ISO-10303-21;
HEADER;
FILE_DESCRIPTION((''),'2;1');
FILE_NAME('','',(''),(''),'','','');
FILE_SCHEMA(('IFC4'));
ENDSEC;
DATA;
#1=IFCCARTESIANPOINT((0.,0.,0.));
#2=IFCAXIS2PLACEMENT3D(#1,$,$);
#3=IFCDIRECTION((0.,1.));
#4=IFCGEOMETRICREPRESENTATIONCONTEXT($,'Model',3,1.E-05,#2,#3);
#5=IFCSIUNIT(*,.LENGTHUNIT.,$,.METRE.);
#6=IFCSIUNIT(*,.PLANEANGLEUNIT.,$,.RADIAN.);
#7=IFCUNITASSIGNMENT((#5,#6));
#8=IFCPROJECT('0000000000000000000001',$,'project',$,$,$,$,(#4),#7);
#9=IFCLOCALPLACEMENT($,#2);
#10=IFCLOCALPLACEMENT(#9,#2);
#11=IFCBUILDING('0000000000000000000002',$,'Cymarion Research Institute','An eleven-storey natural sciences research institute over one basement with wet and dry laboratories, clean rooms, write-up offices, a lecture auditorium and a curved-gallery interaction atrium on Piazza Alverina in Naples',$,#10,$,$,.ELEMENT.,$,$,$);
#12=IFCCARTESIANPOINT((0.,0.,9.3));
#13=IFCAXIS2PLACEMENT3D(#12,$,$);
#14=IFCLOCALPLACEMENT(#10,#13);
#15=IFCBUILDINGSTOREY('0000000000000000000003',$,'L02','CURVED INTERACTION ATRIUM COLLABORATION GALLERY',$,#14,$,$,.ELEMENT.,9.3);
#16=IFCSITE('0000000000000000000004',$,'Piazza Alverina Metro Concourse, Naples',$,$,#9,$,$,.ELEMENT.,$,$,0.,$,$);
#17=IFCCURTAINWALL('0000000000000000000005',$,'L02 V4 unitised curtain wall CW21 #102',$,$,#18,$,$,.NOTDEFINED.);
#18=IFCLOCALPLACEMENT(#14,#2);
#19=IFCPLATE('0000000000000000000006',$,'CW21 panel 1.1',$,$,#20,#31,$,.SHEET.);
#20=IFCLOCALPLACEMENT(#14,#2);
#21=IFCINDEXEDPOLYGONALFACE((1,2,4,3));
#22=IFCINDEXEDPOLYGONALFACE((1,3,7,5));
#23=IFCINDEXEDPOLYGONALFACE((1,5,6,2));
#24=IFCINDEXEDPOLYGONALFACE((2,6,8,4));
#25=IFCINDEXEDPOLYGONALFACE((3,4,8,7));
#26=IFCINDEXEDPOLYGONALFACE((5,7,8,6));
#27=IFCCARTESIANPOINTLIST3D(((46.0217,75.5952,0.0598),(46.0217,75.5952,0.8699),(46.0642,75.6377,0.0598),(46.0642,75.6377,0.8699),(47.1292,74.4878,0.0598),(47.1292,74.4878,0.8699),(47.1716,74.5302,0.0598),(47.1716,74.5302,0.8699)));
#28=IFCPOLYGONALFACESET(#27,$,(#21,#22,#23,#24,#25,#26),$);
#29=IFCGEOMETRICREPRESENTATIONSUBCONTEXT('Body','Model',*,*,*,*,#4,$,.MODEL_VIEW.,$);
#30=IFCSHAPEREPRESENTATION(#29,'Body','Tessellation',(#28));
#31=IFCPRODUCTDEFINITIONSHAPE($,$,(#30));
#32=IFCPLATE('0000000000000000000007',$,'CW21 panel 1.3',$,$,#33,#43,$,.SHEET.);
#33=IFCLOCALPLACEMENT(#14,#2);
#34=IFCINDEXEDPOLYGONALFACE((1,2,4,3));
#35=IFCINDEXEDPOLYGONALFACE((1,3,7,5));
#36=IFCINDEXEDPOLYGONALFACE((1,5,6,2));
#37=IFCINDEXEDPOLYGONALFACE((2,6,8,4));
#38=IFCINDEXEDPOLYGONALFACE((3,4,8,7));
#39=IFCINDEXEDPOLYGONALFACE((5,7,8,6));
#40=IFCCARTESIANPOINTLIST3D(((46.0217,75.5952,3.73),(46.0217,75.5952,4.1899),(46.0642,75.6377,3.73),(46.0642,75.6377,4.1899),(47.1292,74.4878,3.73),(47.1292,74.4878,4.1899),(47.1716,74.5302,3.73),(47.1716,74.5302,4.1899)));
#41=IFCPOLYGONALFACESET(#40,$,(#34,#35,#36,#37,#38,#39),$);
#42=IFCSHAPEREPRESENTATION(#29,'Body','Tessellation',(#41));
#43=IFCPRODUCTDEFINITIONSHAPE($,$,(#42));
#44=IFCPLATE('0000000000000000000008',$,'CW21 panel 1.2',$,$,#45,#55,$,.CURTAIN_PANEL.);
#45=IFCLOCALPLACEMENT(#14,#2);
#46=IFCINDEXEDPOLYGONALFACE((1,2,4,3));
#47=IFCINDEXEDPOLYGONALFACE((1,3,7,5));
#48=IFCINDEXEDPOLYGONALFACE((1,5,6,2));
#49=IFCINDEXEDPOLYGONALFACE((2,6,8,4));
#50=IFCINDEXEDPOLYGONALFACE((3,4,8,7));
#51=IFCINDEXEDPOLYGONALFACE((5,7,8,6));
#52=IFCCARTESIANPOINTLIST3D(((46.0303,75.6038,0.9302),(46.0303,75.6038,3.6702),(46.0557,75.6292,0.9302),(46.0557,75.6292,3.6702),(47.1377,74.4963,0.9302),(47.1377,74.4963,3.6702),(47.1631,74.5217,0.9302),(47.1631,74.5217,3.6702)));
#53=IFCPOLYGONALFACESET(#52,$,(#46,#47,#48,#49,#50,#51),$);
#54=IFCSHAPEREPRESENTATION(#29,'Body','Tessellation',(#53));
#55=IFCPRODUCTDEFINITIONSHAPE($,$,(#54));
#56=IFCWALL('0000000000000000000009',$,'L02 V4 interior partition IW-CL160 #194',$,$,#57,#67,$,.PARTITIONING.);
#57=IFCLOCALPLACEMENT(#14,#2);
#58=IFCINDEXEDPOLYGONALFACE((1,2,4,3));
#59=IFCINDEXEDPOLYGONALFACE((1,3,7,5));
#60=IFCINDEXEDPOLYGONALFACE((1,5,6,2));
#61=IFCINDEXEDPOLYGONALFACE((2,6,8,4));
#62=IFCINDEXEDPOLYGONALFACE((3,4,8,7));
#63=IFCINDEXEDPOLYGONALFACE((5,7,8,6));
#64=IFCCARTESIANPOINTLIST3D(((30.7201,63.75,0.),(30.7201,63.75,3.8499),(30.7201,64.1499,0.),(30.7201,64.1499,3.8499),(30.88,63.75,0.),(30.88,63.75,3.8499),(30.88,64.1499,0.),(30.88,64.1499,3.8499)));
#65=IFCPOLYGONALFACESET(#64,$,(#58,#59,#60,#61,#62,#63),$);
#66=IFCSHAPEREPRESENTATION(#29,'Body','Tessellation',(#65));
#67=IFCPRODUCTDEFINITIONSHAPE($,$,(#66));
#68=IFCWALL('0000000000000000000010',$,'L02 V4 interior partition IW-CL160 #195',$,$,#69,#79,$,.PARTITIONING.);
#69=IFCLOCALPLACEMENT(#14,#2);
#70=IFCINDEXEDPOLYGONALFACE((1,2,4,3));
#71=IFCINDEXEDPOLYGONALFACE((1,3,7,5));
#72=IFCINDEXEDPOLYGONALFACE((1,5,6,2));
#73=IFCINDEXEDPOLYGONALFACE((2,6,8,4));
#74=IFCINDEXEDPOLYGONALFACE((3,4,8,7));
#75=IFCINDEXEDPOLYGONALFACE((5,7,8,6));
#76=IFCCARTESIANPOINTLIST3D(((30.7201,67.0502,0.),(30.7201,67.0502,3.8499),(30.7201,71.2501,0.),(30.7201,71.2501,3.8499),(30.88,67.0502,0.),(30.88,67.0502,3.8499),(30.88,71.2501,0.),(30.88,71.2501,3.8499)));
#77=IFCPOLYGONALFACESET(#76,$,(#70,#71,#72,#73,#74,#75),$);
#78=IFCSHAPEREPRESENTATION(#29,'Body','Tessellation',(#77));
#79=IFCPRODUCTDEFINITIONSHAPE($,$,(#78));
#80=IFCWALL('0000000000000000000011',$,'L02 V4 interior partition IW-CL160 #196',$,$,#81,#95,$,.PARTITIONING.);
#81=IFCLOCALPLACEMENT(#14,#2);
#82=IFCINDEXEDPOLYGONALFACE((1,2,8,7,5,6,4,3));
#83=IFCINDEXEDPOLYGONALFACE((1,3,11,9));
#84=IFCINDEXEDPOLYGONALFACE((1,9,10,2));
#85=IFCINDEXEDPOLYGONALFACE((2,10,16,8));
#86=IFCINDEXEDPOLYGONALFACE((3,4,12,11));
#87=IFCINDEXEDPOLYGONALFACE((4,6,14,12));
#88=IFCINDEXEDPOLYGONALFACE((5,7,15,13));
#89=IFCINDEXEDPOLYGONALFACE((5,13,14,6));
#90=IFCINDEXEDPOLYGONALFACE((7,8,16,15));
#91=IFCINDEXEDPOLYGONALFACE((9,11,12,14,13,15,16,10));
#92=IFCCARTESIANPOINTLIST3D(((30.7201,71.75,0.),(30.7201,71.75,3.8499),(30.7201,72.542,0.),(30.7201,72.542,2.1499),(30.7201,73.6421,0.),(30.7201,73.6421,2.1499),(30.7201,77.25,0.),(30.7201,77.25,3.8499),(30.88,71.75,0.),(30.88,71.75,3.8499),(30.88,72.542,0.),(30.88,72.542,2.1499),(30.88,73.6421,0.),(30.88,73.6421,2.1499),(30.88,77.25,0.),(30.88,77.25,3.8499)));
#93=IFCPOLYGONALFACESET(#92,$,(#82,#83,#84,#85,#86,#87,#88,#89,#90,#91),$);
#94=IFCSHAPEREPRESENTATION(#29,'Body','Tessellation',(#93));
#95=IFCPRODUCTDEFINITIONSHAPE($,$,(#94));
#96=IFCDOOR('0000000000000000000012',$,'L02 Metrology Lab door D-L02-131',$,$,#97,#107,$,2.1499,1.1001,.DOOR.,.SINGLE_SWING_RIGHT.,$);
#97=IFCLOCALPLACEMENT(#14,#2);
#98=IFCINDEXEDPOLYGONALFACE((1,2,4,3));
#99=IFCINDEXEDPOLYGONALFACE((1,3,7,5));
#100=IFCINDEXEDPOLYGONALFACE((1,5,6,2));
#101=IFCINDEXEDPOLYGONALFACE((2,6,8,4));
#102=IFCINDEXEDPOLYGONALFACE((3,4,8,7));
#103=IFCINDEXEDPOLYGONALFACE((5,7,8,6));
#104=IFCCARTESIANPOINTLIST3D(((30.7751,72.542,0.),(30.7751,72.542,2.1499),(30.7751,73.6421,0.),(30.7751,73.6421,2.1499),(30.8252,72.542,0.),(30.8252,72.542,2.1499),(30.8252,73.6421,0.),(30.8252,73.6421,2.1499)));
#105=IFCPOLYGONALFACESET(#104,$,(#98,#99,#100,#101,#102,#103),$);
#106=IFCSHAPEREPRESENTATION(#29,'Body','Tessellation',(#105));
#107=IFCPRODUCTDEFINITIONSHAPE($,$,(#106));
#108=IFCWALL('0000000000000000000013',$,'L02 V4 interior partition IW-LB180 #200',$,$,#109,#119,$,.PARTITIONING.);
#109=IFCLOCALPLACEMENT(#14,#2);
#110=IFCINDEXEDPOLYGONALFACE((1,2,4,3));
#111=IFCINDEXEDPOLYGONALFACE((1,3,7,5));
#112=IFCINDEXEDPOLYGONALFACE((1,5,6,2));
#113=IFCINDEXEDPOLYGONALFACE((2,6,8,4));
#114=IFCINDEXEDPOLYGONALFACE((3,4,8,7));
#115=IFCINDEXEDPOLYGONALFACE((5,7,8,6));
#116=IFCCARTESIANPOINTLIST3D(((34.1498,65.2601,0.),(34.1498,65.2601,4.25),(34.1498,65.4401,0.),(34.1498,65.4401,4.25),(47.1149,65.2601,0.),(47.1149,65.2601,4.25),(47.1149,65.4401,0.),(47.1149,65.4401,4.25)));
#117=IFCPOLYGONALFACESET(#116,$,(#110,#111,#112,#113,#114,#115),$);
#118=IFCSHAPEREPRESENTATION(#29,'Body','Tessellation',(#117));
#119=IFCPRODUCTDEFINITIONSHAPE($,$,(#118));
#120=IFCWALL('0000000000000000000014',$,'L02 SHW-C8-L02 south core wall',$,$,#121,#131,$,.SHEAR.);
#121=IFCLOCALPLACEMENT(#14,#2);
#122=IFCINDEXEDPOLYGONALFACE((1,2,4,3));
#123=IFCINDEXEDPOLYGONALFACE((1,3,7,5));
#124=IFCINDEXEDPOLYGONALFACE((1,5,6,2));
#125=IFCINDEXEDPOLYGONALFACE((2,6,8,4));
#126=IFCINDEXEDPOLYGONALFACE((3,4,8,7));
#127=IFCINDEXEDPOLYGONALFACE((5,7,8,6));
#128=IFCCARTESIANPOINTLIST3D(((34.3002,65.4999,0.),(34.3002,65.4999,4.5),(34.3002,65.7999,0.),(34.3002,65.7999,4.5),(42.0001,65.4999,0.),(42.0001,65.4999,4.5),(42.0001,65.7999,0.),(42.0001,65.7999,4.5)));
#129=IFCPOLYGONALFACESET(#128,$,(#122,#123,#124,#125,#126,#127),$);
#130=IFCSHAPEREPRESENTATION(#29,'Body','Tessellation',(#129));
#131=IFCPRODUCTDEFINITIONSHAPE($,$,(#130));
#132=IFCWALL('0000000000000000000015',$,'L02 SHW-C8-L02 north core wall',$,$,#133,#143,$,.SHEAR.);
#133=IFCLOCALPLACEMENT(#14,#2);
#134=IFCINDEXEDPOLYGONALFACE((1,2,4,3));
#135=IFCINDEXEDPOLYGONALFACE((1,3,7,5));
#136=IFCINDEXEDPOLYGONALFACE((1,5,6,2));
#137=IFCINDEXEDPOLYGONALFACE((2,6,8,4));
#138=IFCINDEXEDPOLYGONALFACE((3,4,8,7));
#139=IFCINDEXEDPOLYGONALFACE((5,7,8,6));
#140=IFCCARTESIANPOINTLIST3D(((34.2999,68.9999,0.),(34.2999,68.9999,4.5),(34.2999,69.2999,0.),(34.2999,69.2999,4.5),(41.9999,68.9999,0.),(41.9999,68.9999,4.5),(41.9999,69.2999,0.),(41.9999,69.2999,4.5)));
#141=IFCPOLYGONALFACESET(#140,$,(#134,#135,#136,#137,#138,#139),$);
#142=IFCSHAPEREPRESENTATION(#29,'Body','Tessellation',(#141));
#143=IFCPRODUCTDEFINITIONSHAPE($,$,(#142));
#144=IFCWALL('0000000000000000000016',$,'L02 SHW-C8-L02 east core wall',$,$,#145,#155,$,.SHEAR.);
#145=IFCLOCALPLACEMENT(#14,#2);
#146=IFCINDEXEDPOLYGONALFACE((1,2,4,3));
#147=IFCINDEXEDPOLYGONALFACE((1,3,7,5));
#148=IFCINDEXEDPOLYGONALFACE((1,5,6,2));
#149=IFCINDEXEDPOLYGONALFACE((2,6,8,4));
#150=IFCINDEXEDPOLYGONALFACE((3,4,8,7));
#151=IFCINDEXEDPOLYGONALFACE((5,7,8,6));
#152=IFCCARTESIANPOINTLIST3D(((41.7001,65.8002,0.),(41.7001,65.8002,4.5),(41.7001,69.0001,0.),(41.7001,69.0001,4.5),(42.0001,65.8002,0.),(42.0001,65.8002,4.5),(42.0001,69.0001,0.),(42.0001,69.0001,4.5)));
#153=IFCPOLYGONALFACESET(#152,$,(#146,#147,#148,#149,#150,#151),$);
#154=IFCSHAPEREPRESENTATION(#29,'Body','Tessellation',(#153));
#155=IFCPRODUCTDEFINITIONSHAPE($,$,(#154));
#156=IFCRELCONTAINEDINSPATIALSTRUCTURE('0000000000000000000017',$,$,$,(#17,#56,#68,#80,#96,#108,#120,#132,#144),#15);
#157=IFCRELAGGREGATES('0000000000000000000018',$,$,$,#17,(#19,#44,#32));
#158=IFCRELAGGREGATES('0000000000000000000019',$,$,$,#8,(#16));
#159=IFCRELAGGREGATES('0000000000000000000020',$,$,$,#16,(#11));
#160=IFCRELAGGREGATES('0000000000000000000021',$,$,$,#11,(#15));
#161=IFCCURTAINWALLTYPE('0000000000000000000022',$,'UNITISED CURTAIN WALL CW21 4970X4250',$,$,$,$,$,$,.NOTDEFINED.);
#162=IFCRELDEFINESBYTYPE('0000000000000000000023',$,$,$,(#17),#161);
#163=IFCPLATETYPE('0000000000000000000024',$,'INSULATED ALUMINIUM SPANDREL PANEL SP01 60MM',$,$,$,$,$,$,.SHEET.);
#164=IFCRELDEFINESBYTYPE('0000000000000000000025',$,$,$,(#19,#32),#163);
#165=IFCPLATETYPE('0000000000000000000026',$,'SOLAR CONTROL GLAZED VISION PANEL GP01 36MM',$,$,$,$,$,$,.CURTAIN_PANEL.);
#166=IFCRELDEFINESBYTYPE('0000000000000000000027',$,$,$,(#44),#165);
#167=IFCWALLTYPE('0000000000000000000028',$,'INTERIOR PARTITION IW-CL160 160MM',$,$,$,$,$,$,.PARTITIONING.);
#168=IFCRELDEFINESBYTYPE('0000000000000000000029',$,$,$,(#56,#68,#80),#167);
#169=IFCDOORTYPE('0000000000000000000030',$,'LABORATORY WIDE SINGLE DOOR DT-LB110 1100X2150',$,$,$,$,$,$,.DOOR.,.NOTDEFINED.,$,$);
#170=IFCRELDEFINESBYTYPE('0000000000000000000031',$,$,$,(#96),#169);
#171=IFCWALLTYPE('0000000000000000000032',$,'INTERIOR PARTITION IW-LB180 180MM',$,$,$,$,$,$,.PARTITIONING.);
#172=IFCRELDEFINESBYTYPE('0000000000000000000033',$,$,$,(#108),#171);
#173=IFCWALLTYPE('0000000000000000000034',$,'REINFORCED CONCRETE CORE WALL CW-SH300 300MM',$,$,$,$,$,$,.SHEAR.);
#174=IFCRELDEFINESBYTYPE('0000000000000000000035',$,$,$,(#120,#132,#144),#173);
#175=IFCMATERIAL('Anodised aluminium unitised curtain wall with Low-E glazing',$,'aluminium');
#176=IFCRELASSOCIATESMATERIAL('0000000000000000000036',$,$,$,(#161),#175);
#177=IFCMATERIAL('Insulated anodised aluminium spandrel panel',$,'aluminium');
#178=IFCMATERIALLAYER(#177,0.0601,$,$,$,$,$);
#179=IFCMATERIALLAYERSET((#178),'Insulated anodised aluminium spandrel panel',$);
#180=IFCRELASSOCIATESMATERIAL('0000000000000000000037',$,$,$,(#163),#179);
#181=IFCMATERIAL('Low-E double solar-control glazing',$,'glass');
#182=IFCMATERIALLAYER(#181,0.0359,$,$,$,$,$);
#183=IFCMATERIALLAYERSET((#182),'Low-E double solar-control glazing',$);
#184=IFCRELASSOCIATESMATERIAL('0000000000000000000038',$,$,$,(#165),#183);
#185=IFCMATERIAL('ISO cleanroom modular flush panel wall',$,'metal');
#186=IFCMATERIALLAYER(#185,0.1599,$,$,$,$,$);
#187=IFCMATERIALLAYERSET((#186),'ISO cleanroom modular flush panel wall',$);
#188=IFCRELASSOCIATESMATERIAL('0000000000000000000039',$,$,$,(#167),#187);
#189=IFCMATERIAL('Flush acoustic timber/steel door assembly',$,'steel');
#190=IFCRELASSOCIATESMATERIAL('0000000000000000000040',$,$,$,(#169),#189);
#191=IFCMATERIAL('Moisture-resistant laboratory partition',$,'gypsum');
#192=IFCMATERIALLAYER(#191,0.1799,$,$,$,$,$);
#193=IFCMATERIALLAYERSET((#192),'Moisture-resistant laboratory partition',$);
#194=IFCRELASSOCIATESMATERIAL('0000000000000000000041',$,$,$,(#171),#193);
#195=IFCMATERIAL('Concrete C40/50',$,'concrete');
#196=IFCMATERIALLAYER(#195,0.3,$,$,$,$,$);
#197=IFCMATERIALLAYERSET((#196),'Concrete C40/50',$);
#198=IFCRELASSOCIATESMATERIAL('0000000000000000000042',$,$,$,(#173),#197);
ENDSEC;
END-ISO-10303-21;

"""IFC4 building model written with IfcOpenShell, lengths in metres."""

from ifc_helpers import new_model, si_unit, direction, frame, frame_2d, origin, origin_2d, place, context, subcontext, project, spatial, rectangle, extrude, material, layer, layer_set, type_object, element, fill, aggregate, save


model = new_model("IFC4")

# Units and contexts
model_context = context("Model", 3, precision=1e-05, world=origin(), true_north=direction((0.0, 1.0)))
body_context = subcontext(model_context, "Body", "Model", "MODEL_VIEW")
ifc_project = project(units=[si_unit("LENGTHUNIT", "METRE"), si_unit("PLANEANGLEUNIT", "RADIAN")], contexts=[model_context])

# Site, building, storey
site_placement = place(None, origin())
site = spatial("IfcSite", under=ifc_project, at=site_placement, Name="Piazza Alverina Metro Concourse, Naples", CompositionType="ELEMENT", RefElevation=0.0)
building_placement = place(site_placement, origin())
building = spatial("IfcBuilding", under=site, at=building_placement, Name="Cymarion Research Institute", Description="An eleven-storey natural sciences research institute over one basement with wet and dry laboratories, clean rooms, write-up offices, a lecture auditorium and a curved-gallery interaction atrium on Piazza Alverina in Naples", CompositionType="ELEMENT")
storey_placement = place(building_placement, frame((0.0, 0.0, 9.3)))
storey = spatial("IfcBuildingStorey", under=building, at=storey_placement, Name="L02", Description="CURVED INTERACTION ATRIUM COLLABORATION GALLERY", CompositionType="ELEMENT", Elevation=9.3)

# Shared definitions
ifc_material_1 = material(Name="Concrete C40/50", Category="concrete")

# Curtain wall
ifc_material_2 = material(Name="Anodised aluminium unitised curtain wall with Low-E glazing", Category="aluminium")
curtain_wall_type = type_object("IfcCurtainWallType", Name="UNITISED CURTAIN WALL CW21 4970X4250", PredefinedType="NOTDEFINED", material=ifc_material_2)
curtain_wall_placement = place(storey_placement, origin())
curtain_wall = element("IfcCurtainWall", 1, at=curtain_wall_placement, inside=storey, type_object=curtain_wall_type, Name="L02 V4 unitised curtain wall CW21 #102", PredefinedType="NOTDEFINED")

# Plates
ifc_material_3 = material(Name="Insulated anodised aluminium spandrel panel", Category="aluminium")
ifc_layer_1 = layer(ifc_material_3, 0.0601)
ifc_layer_set_1 = layer_set([ifc_layer_1], Name="Insulated anodised aluminium spandrel panel")
plate_type_1 = type_object("IfcPlateType", Name="INSULATED ALUMINIUM SPANDREL PANEL SP01 60MM", PredefinedType="SHEET", material=ifc_layer_set_1)
plate_1_placement = place(storey_placement, frame((46.5967, 75.0627, 0.0598), z_axis=(0.0, 0.0, 1.0), x_axis=(-0.707097, 0.707117, 0.0)))
plate_1 = element("IfcPlate", 2, at=plate_1_placement, type_object=plate_type_1, Name="CW21 panel 1.1", PredefinedType="SHEET", context=body_context, shape_type="SweptSolid", body=[
    extrude(rectangle(XDim=1.5662, YDim=0.0601, at=origin_2d()), origin(), (0.0, 0.0, 1.0), 0.8101),
])
plate_2_placement = place(storey_placement, frame((46.5967, 75.0627, 3.73), z_axis=(0.0, 0.0, 1.0), x_axis=(-0.707097, 0.707117, 0.0)))
plate_2 = element("IfcPlate", 3, at=plate_2_placement, type_object=plate_type_1, Name="CW21 panel 1.3", PredefinedType="SHEET", context=body_context, shape_type="SweptSolid", body=[
    extrude(rectangle(XDim=1.5662, YDim=0.0601, at=origin_2d()), origin(), (0.0, 0.0, 1.0), 0.46),
])
ifc_material_4 = material(Name="Low-E double solar-control glazing", Category="glass")
ifc_layer_2 = layer(ifc_material_4, 0.0359)
ifc_layer_set_2 = layer_set([ifc_layer_2], Name="Low-E double solar-control glazing")
plate_type_2 = type_object("IfcPlateType", Name="SOLAR CONTROL GLAZED VISION PANEL GP01 36MM", PredefinedType="CURTAIN_PANEL", material=ifc_layer_set_2)
plate_3_placement = place(storey_placement, frame((46.5967, 75.0627, 0.9302), z_axis=(0.0, 0.0, 1.0), x_axis=(-0.707097, 0.707117, 0.0)))
plate_3 = element("IfcPlate", 4, at=plate_3_placement, type_object=plate_type_2, Name="CW21 panel 1.2", PredefinedType="CURTAIN_PANEL", context=body_context, shape_type="SweptSolid", body=[
    extrude(rectangle(XDim=1.5662, YDim=0.0359, at=origin_2d()), origin(), (0.0, 0.0, 1.0), 2.74),
])
aggregate(curtain_wall, [plate_1, plate_3, plate_2])

# Walls
ifc_material_5 = material(Name="ISO cleanroom modular flush panel wall", Category="metal")
ifc_layer_3 = layer(ifc_material_5, 0.1599)
ifc_layer_set_3 = layer_set([ifc_layer_3], Name="ISO cleanroom modular flush panel wall")
wall_type_1 = type_object("IfcWallType", Name="INTERIOR PARTITION IW-CL160 160MM", PredefinedType="PARTITIONING", material=ifc_layer_set_3)
wall_1_placement = place(storey_placement, frame((30.8, 63.75, 0.0), z_axis=(0.0, 0.0, 1.0), x_axis=(0.0, 1.0, 0.0)))
element("IfcWall", 5, at=wall_1_placement, inside=storey, type_object=wall_type_1, Name="L02 V4 interior partition IW-CL160 #194", PredefinedType="PARTITIONING", context=body_context, shape_type="SweptSolid", body=[
    extrude(rectangle(XDim=0.3999, YDim=0.1599, at=frame_2d((0.2, 0.0))), origin(), (0.0, 0.0, 1.0), 3.8499),
])
wall_2_placement = place(storey_placement, frame((30.8, 67.05, 0.0), z_axis=(0.0, 0.0, 1.0), x_axis=(0.0, 1.0, 0.0)))
element("IfcWall", 6, at=wall_2_placement, inside=storey, type_object=wall_type_1, Name="L02 V4 interior partition IW-CL160 #195", PredefinedType="PARTITIONING", context=body_context, shape_type="SweptSolid", body=[
    extrude(rectangle(XDim=4.2, YDim=0.1599, at=frame_2d((2.1001, 0.0))), origin(), (0.0, 0.0, 1.0), 3.8499),
])

# Wall, opening, door
wall_3_placement = place(storey_placement, frame((30.8, 71.75, 0.0), z_axis=(0.0, 0.0, 1.0), x_axis=(0.0, 1.0, 0.0)))
wall_3 = element("IfcWall", 7, at=wall_3_placement, inside=storey, type_object=wall_type_1, Name="L02 V4 interior partition IW-CL160 #196", PredefinedType="PARTITIONING", context=body_context, shape_type="SweptSolid", body=[
    extrude(rectangle(XDim=5.5, YDim=0.1599, at=frame_2d((2.75, 0.0))), origin(), (0.0, 0.0, 1.0), 3.8499),
])
opening_1_placement = place(wall_3_placement, frame((0.792, 0.0, 0.0)))
opening_1 = element("IfcOpeningElement", 8, at=opening_1_placement, cuts=wall_3, PredefinedType="OPENING", context=body_context, shape_type="SweptSolid", body=[
    extrude(rectangle(XDim=1.1001, YDim=2.1499, at=frame_2d((0.55, 1.075))), frame((0.0, 0.0898, 0.0), z_axis=(0.0, -1.0, 0.0), x_axis=(1.0, 0.0, 0.0)), (0.0, 0.0, 1.0), 0.1799),
])
ifc_material_6 = material(Name="Flush acoustic timber/steel door assembly", Category="steel")
door_type_1 = type_object("IfcDoorType", Name="LABORATORY WIDE SINGLE DOOR DT-LB110 1100X2150", OperationType="NOTDEFINED", PredefinedType="DOOR", material=ifc_material_6)
door_1_placement = place(opening_1_placement, origin())
door_1 = element("IfcDoor", 9, at=door_1_placement, inside=storey, type_object=door_type_1, Name="L02 Metrology Lab door D-L02-131", OperationType="SINGLE_SWING_RIGHT", OverallHeight=2.1499, OverallWidth=1.1001, PredefinedType="DOOR", context=body_context, shape_type="SweptSolid", body=[
    extrude(rectangle(XDim=1.1001, YDim=2.1499, at=frame_2d((0.55, 1.075))), frame((0.0, 0.0249, 0.0), z_axis=(0.0, -1.0, 0.0), x_axis=(1.0, 0.0, 0.0)), (0.0, 0.0, 1.0), 0.05),
])
fill(opening_1, door_1)

# Walls
ifc_material_7 = material(Name="Moisture-resistant laboratory partition", Category="gypsum")
ifc_layer_4 = layer(ifc_material_7, 0.1799)
ifc_layer_set_4 = layer_set([ifc_layer_4], Name="Moisture-resistant laboratory partition")
wall_type_2 = type_object("IfcWallType", Name="INTERIOR PARTITION IW-LB180 180MM", PredefinedType="PARTITIONING", material=ifc_layer_set_4)
wall_4_placement = place(storey_placement, frame((34.1499, 65.3501, 0.0), z_axis=(0.0, 0.0, 1.0), x_axis=(1.0, 0.0, 0.0)))
element("IfcWall", 10, at=wall_4_placement, inside=storey, type_object=wall_type_2, Name="L02 V4 interior partition IW-LB180 #200", PredefinedType="PARTITIONING", context=body_context, shape_type="SweptSolid", body=[
    extrude(rectangle(XDim=12.9651, YDim=0.1799, at=frame_2d((6.4824, 0.0))), origin(), (0.0, 0.0, 1.0), 4.25),
])
ifc_layer_5 = layer(ifc_material_1, 0.3)
ifc_layer_set_5 = layer_set([ifc_layer_5], Name="Concrete C40/50")
wall_type_3 = type_object("IfcWallType", Name="REINFORCED CONCRETE CORE WALL CW-SH300 300MM", PredefinedType="SHEAR", material=ifc_layer_set_5)
for number, where, z_axis, x_axis, name in (
    (11, (34.3, 65.6499, 0.0), (0.0, 0.0, 1.0), (1.0, 0.0, 0.0), "L02 SHW-C8-L02 south core wall"),
    (12, (42.0, 69.1499, 0.0), (0.0, 0.0, 1.0), (-1.0, 0.0, 0.0), "L02 SHW-C8-L02 north core wall"),
):
    element("IfcWall", number, at=place(storey_placement, frame(where, z_axis=z_axis, x_axis=x_axis)), inside=storey, type_object=wall_type_3, Name=name, PredefinedType="SHEAR", context=body_context, shape_type="SweptSolid", body=[
        extrude(rectangle(XDim=7.7, YDim=0.3, at=frame_2d((3.8501, 0.0))), origin(), (0.0, 0.0, 1.0), 4.5),
    ])

# Wall
wall_5_placement = place(storey_placement, frame((41.8501, 65.8, 0.0), z_axis=(0.0, 0.0, 1.0), x_axis=(0.0, 1.0, 0.0)))
element("IfcWall", 13, at=wall_5_placement, inside=storey, type_object=wall_type_3, Name="L02 SHW-C8-L02 east core wall", PredefinedType="SHEAR", context=body_context, shape_type="SweptSolid", body=[
    extrude(rectangle(XDim=3.2, YDim=0.3, at=frame_2d((1.6001, 0.0))), origin(), (0.0, 0.0, 1.0), 4.5),
])

save(model, "model.ifc")
